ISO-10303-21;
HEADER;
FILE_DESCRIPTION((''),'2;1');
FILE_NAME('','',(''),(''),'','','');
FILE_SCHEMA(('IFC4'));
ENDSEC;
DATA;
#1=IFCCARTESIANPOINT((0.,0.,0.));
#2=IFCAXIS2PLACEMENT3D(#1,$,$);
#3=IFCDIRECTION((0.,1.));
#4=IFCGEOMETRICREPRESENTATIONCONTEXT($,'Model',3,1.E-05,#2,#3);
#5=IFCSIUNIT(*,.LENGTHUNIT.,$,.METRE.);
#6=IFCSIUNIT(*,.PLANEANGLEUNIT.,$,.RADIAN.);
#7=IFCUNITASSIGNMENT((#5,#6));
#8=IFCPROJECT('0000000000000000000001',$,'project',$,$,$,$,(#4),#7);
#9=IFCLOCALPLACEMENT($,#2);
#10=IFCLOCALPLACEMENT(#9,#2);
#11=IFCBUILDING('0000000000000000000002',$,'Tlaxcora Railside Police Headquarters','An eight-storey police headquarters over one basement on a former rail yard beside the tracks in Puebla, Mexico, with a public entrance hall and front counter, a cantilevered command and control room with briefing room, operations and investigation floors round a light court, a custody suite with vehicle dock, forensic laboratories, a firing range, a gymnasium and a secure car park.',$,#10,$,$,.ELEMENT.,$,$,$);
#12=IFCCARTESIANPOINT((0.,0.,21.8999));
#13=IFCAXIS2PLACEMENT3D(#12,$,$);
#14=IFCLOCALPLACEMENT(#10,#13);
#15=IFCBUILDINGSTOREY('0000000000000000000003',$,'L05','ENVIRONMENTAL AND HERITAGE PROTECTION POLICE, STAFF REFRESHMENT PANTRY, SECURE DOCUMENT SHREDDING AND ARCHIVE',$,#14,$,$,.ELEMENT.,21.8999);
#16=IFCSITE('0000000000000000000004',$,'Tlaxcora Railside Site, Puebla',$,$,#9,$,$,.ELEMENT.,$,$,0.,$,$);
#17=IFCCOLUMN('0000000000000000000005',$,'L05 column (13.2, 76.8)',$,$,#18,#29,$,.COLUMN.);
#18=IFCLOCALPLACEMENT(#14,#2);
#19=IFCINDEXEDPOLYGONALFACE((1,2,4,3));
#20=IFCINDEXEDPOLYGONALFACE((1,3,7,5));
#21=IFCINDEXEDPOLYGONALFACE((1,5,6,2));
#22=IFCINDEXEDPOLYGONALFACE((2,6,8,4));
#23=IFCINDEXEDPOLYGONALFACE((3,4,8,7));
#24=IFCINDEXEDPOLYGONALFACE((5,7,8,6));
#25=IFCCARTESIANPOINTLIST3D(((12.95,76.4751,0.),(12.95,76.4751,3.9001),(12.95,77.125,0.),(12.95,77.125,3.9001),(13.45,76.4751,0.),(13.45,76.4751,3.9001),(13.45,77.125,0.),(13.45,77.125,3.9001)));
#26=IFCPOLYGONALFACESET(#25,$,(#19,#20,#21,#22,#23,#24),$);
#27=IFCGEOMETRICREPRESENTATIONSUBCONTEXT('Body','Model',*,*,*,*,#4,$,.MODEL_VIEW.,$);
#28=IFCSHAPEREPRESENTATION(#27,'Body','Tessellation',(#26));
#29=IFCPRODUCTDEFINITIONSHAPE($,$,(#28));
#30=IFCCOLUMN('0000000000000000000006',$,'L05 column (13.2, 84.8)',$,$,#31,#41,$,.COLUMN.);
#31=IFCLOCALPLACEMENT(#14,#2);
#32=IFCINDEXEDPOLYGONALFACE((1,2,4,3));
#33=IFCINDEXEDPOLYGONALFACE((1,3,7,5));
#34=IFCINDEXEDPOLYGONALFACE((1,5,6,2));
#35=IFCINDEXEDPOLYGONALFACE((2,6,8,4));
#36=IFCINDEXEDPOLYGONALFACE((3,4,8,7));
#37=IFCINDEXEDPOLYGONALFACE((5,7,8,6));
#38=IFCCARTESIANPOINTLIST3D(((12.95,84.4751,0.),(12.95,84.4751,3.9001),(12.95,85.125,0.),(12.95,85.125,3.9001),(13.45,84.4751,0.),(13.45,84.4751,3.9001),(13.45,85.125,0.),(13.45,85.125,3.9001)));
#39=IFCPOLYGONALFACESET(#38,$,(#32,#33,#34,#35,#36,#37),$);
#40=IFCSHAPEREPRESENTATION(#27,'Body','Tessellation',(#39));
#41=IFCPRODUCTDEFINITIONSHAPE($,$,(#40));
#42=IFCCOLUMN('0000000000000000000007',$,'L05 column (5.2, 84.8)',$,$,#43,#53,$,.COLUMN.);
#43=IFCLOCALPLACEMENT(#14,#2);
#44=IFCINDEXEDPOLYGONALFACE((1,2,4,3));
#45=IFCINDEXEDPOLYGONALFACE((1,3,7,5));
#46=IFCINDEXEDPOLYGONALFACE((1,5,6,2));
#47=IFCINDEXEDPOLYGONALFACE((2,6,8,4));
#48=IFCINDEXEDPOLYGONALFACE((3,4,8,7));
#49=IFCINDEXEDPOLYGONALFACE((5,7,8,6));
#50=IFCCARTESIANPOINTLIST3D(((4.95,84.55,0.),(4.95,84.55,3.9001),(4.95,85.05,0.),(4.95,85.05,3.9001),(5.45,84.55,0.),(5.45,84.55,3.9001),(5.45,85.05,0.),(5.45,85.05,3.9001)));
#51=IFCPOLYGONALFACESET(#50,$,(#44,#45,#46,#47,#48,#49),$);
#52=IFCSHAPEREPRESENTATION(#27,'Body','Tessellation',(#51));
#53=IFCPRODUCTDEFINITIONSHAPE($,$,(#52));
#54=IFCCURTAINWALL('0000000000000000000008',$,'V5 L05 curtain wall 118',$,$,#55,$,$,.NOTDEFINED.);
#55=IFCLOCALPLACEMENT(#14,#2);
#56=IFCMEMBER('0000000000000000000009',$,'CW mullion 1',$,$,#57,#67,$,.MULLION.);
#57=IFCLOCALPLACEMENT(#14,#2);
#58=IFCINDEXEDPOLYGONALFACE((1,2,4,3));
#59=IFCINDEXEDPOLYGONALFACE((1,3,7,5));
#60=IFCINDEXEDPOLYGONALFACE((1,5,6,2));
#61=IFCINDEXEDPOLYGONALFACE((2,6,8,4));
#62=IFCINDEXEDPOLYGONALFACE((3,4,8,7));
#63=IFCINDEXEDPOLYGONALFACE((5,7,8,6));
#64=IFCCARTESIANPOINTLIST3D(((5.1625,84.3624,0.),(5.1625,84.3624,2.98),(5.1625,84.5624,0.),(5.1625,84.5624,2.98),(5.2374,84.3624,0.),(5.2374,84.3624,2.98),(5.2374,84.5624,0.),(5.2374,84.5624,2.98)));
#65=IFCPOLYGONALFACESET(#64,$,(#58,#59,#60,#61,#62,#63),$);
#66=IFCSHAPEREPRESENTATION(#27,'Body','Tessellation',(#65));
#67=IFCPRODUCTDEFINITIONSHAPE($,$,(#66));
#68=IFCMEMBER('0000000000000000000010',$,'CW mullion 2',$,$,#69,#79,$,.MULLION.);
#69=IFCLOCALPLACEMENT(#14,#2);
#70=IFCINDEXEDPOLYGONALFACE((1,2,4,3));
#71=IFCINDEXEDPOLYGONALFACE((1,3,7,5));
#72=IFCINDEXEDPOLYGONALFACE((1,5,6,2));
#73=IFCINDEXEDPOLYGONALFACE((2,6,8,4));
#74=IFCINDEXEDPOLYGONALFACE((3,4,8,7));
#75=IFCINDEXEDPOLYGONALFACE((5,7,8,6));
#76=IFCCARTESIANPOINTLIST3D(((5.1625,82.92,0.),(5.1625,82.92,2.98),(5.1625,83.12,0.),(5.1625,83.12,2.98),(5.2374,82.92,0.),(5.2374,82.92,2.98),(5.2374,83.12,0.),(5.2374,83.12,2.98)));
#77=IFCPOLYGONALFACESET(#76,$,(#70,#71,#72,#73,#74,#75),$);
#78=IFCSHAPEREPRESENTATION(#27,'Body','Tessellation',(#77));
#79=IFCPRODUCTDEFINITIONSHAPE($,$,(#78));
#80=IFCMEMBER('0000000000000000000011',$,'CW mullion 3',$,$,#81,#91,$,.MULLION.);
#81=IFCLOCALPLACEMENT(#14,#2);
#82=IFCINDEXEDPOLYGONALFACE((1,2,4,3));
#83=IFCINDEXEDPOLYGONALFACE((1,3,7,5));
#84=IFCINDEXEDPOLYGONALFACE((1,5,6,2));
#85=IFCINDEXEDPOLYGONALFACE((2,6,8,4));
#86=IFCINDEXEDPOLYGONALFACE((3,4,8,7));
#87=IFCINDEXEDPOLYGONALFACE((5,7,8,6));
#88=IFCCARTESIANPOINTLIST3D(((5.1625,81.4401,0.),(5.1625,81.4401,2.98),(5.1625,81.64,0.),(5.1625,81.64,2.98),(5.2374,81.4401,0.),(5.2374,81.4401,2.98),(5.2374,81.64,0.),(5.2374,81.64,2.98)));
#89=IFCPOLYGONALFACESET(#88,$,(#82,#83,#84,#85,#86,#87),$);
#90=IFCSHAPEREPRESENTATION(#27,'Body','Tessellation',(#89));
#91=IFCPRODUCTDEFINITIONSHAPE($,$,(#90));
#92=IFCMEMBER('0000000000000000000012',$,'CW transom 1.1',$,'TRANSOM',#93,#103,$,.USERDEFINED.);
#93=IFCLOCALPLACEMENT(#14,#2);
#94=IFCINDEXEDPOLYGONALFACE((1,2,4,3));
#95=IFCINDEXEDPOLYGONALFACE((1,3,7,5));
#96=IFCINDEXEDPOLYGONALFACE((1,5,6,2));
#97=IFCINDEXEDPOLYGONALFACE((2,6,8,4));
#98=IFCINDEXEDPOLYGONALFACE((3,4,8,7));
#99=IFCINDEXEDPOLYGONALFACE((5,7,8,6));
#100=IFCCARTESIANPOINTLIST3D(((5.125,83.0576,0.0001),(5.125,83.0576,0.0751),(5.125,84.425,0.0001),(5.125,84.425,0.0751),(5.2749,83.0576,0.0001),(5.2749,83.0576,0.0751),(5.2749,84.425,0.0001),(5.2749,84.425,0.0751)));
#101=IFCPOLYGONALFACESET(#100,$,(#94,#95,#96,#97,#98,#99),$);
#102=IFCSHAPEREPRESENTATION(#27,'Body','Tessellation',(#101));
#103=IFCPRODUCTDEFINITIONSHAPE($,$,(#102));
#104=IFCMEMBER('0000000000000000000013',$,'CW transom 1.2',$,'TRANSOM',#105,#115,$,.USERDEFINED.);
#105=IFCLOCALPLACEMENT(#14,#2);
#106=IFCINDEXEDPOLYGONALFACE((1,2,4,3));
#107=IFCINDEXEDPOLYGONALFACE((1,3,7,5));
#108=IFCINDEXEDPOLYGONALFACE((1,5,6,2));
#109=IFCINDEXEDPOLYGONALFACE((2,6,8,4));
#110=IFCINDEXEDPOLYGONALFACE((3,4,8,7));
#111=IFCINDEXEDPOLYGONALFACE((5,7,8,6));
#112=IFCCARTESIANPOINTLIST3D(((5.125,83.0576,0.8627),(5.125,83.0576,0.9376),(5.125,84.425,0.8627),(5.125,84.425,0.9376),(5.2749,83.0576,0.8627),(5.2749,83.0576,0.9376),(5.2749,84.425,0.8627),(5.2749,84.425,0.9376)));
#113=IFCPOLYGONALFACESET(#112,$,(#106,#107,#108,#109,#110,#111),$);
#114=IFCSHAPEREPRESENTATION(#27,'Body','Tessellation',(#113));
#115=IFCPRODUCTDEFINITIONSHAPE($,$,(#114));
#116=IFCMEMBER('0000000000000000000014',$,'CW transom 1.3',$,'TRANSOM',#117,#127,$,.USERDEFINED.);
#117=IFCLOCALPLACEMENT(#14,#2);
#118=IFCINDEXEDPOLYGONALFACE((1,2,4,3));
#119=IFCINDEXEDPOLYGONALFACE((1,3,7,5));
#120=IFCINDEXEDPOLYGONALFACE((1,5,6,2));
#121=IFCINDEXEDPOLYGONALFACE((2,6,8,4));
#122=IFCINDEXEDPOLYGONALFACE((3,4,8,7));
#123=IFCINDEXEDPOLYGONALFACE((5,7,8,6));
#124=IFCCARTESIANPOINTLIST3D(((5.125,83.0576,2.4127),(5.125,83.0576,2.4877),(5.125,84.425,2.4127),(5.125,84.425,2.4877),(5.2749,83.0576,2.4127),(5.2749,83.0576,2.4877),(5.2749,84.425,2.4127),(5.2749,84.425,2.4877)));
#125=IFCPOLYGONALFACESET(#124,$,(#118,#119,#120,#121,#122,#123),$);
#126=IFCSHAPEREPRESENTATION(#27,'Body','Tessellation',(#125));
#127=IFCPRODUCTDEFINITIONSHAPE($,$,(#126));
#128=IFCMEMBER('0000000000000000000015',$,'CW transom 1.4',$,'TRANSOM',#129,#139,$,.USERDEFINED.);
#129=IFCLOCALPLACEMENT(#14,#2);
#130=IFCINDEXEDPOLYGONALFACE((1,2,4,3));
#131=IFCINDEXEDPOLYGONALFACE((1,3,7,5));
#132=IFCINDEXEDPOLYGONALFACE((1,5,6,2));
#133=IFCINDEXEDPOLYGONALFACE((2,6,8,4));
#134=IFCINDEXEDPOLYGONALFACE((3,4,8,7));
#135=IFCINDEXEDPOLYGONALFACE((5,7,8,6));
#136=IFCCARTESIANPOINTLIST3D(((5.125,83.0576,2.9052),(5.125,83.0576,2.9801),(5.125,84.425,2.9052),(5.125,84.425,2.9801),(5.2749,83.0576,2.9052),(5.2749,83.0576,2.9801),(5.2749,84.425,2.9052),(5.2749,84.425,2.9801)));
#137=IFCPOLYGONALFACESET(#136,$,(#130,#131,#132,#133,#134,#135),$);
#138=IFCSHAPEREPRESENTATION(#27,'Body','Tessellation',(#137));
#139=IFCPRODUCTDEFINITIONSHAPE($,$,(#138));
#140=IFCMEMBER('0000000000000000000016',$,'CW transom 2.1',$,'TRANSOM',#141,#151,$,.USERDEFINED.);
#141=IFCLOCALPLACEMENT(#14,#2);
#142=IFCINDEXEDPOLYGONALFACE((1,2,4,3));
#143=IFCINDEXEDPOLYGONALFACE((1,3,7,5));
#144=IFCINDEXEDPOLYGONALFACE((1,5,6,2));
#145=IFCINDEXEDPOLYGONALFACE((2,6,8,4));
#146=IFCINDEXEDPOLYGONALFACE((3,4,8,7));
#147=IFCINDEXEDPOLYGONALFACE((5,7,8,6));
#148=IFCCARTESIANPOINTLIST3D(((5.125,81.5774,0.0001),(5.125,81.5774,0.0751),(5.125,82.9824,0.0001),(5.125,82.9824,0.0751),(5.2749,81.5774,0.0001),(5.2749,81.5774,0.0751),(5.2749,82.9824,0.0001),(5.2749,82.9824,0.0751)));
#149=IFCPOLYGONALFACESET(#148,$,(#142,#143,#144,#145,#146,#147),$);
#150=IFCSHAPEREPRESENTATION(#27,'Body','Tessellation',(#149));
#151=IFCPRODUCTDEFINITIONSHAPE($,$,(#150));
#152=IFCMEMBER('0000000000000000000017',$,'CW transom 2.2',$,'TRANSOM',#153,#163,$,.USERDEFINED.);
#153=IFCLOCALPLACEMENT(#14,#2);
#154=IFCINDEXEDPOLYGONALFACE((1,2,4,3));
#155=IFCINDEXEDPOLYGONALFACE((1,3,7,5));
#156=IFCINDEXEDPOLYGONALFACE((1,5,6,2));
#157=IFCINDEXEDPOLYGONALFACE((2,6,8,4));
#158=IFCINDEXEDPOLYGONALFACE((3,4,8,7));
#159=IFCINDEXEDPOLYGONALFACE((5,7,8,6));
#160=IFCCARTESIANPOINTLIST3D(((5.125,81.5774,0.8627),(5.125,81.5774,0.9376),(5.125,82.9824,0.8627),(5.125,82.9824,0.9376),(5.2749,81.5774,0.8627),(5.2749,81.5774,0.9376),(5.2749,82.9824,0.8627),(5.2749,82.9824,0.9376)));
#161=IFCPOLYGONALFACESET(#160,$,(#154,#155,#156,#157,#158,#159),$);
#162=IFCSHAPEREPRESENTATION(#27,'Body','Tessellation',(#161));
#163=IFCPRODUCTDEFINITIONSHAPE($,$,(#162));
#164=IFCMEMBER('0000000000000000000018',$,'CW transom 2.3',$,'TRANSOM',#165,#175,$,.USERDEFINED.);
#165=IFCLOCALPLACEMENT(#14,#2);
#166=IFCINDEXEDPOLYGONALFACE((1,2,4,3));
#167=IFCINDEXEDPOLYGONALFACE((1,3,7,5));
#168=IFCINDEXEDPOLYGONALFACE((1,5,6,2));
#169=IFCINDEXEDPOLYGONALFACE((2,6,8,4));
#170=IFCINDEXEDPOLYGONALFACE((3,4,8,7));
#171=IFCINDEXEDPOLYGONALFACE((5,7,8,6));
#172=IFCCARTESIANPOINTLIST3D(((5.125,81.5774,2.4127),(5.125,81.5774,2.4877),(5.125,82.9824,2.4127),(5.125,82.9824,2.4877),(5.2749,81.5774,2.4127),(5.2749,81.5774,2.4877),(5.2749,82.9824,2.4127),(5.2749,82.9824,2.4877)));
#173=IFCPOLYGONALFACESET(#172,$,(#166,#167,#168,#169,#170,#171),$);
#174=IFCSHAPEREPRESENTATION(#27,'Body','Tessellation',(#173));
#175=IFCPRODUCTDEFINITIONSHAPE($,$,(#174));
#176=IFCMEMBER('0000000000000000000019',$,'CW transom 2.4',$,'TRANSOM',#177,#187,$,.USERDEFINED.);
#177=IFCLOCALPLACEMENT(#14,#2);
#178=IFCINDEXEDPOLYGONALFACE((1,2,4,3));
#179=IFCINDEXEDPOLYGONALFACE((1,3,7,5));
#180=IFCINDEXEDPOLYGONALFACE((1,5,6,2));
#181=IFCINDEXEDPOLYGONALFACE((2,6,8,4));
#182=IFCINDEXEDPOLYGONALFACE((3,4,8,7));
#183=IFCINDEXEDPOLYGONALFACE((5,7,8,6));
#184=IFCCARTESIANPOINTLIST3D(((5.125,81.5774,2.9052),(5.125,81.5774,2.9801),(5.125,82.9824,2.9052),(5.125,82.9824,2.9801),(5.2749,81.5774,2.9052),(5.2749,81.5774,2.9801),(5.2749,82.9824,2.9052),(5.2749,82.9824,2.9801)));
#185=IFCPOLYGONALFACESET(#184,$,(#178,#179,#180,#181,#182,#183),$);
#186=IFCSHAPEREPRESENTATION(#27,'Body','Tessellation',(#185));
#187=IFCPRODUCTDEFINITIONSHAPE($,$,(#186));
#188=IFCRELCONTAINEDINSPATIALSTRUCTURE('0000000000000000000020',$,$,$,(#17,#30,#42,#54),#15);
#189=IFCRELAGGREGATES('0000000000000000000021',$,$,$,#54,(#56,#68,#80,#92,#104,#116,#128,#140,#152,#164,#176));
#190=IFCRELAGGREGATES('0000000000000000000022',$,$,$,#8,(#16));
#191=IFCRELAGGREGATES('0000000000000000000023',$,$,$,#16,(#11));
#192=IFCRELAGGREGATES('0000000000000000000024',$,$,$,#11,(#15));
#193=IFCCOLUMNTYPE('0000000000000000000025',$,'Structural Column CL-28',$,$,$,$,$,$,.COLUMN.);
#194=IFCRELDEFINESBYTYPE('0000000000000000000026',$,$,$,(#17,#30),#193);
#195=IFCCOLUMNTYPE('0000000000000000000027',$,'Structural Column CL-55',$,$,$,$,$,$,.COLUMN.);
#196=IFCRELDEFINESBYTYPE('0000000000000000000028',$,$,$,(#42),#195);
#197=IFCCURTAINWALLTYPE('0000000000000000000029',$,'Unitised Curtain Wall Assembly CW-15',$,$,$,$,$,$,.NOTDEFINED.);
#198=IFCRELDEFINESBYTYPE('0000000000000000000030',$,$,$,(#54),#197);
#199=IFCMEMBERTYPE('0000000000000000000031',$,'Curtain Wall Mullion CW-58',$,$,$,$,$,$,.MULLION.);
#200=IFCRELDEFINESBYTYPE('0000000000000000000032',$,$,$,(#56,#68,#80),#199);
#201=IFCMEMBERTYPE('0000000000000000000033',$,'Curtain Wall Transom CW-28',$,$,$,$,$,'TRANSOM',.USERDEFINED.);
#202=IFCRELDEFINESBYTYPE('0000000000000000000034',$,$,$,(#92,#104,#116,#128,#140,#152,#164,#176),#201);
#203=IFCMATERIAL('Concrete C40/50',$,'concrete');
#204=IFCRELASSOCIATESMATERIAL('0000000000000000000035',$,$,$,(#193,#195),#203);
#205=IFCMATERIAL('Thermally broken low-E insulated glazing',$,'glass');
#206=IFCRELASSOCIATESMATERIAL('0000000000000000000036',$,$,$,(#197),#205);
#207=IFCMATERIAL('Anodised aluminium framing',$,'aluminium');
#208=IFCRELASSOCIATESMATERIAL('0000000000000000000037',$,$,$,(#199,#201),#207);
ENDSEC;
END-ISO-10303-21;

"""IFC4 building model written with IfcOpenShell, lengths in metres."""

from ifc_helpers import new_model, si_unit, direction, frame, origin, origin_2d, place, context, subcontext, project, spatial, rectangle, extrude, material, material_profile, profile_set, type_object, element, aggregate, save


model = new_model("IFC4")

# Units and contexts
model_context = context("Model", 3, precision=1e-05, world=origin(), true_north=direction((0.0, 1.0)))
body_context = subcontext(model_context, "Body", "Model", "MODEL_VIEW")
ifc_project = project(units=[si_unit("LENGTHUNIT", "METRE"), si_unit("PLANEANGLEUNIT", "RADIAN")], contexts=[model_context])

# Site, building, storey
site_placement = place(None, origin())
site = spatial("IfcSite", under=ifc_project, at=site_placement, Name="Tlaxcora Railside Site, Puebla", CompositionType="ELEMENT", RefElevation=0.0)
building_placement = place(site_placement, origin())
building = spatial("IfcBuilding", under=site, at=building_placement, Name="Tlaxcora Railside Police Headquarters", Description="An eight-storey police headquarters over one basement on a former rail yard beside the tracks in Puebla, Mexico, with a public entrance hall and front counter, a cantilevered command and control room with briefing room, operations and investigation floors round a light court, a custody suite with vehicle dock, forensic laboratories, a firing range, a gymnasium and a secure car park.", CompositionType="ELEMENT")
storey_placement = place(building_placement, frame((0.0, 0.0, 21.8999)))
storey = spatial("IfcBuildingStorey", under=building, at=storey_placement, Name="L05", Description="ENVIRONMENTAL AND HERITAGE PROTECTION POLICE, STAFF REFRESHMENT PANTRY, SECURE DOCUMENT SHREDDING AND ARCHIVE", CompositionType="ELEMENT", Elevation=21.8999)

# Columns
ifc_material_1 = material(Name="Concrete C40/50", Category="concrete")
ifc_material_profile_1 = material_profile(ifc_material_1, rectangle(XDim=0.5, YDim=0.6499, at=origin_2d()), Name="RC500X650")
ifc_profile_set_1 = profile_set([ifc_material_profile_1], Name="Concrete C40/50")
column_type_1 = type_object("IfcColumnType", Name="Structural Column CL-28", PredefinedType="COLUMN", material=ifc_profile_set_1)
for number, where, z_axis, x_axis, name in (
    (1, (13.2, 76.8, 0.0), (0.0, 0.0, 1.0), (1.0, 0.0, 0.0), "L05 column (13.2, 76.8)"),
    (2, (13.2, 84.8, 0.0), (0.0, 0.0, 1.0), (1.0, 0.0, 0.0), "L05 column (13.2, 84.8)"),
):
    element("IfcColumn", number, at=place(storey_placement, frame(where, z_axis=z_axis, x_axis=x_axis)), inside=storey, type_object=column_type_1, Name=name, PredefinedType="COLUMN", context=body_context, shape_type="SweptSolid", body=[
        extrude(rectangle(XDim=0.5, YDim=0.6499, at=origin_2d()), origin(), (0.0, 0.0, 1.0), 3.9001),
    ])
ifc_material_profile_2 = material_profile(ifc_material_1, rectangle(XDim=0.5, YDim=0.5, at=origin_2d()), Name="RC500X500")
ifc_profile_set_2 = profile_set([ifc_material_profile_2], Name="Concrete C40/50")
column_type_2 = type_object("IfcColumnType", Name="Structural Column CL-55", PredefinedType="COLUMN", material=ifc_profile_set_2)
column_placement = place(storey_placement, frame((5.2, 84.8, 0.0), z_axis=(0.0, 0.0, 1.0), x_axis=(1.0, 0.0, 0.0)))
element("IfcColumn", 3, at=column_placement, inside=storey, type_object=column_type_2, Name="L05 column (5.2, 84.8)", PredefinedType="COLUMN", context=body_context, shape_type="SweptSolid", body=[
    extrude(rectangle(XDim=0.5, YDim=0.5, at=origin_2d()), origin(), (0.0, 0.0, 1.0), 3.9001),
])

# Curtain wall, members
ifc_material_2 = material(Name="Thermally broken low-E insulated glazing", Category="glass")
curtain_wall_type = type_object("IfcCurtainWallType", Name="Unitised Curtain Wall Assembly CW-15", PredefinedType="NOTDEFINED", material=ifc_material_2)
curtain_wall_placement = place(storey_placement, origin())
curtain_wall = element("IfcCurtainWall", 4, at=curtain_wall_placement, inside=storey, type_object=curtain_wall_type, Name="V5 L05 curtain wall 118", PredefinedType="NOTDEFINED")
ifc_material_3 = material(Name="Anodised aluminium framing", Category="aluminium")
ifc_material_profile_3 = material_profile(ifc_material_3, rectangle(XDim=0.075, YDim=0.2, at=origin_2d()), Name="AL75X200")
ifc_profile_set_3 = profile_set([ifc_material_profile_3], Name="Anodised aluminium framing")
member_type_1 = type_object("IfcMemberType", Name="Curtain Wall Mullion CW-58", PredefinedType="MULLION", material=ifc_profile_set_3)
member_1_placement = place(storey_placement, frame((5.2, 84.4624, 0.0), z_axis=(0.0, 0.0, 1.0), x_axis=(1.0, 0.0, 0.0)))
member_1 = element("IfcMember", 5, at=member_1_placement, type_object=member_type_1, Name="CW mullion 1", PredefinedType="MULLION", context=body_context, shape_type="SweptSolid", body=[
    extrude(rectangle(XDim=0.075, YDim=0.2, at=origin_2d()), origin(), (0.0, 0.0, 1.0), 2.98),
])
member_2_placement = place(storey_placement, frame((5.2, 83.02, 0.0), z_axis=(0.0, 0.0, 1.0), x_axis=(1.0, 0.0, 0.0)))
member_2 = element("IfcMember", 6, at=member_2_placement, type_object=member_type_1, Name="CW mullion 2", PredefinedType="MULLION", context=body_context, shape_type="SweptSolid", body=[
    extrude(rectangle(XDim=0.075, YDim=0.2, at=origin_2d()), origin(), (0.0, 0.0, 1.0), 2.98),
])
member_3_placement = place(storey_placement, frame((5.2, 81.54, 0.0), z_axis=(0.0, 0.0, 1.0), x_axis=(1.0, 0.0, 0.0)))
member_3 = element("IfcMember", 7, at=member_3_placement, type_object=member_type_1, Name="CW mullion 3", PredefinedType="MULLION", context=body_context, shape_type="SweptSolid", body=[
    extrude(rectangle(XDim=0.075, YDim=0.2, at=origin_2d()), origin(), (0.0, 0.0, 1.0), 2.98),
])
ifc_material_profile_4 = material_profile(ifc_material_3, rectangle(XDim=0.1499, YDim=0.075, at=origin_2d()), Name="AL75X150")
ifc_profile_set_4 = profile_set([ifc_material_profile_4], Name="Anodised aluminium framing")
member_type_2 = type_object("IfcMemberType", Name="Curtain Wall Transom CW-28", ElementType="TRANSOM", PredefinedType="USERDEFINED", material=ifc_profile_set_4)
member_4_placement = place(storey_placement, frame((5.2, 84.425, 0.0376), z_axis=(0.0, -1.0, 0.0), x_axis=(1.0, 0.0, 0.0)))
member_4 = element("IfcMember", 8, at=member_4_placement, type_object=member_type_2, Name="CW transom 1.1", ObjectType="TRANSOM", PredefinedType="USERDEFINED", context=body_context, shape_type="SweptSolid", body=[
    extrude(rectangle(XDim=0.1499, YDim=0.075, at=origin_2d()), origin(), (0.0, 0.0, 1.0), 1.3674),
])
member_5_placement = place(storey_placement, frame((5.2, 84.425, 0.9001), z_axis=(0.0, -1.0, 0.0), x_axis=(1.0, 0.0, 0.0)))
member_5 = element("IfcMember", 9, at=member_5_placement, type_object=member_type_2, Name="CW transom 1.2", ObjectType="TRANSOM", PredefinedType="USERDEFINED", context=body_context, shape_type="SweptSolid", body=[
    extrude(rectangle(XDim=0.1499, YDim=0.075, at=origin_2d()), origin(), (0.0, 0.0, 1.0), 1.3674),
])
member_6_placement = place(storey_placement, frame((5.2, 84.425, 2.4502), z_axis=(0.0, -1.0, 0.0), x_axis=(1.0, 0.0, 0.0)))
member_6 = element("IfcMember", 10, at=member_6_placement, type_object=member_type_2, Name="CW transom 1.3", ObjectType="TRANSOM", PredefinedType="USERDEFINED", context=body_context, shape_type="SweptSolid", body=[
    extrude(rectangle(XDim=0.1499, YDim=0.075, at=origin_2d()), origin(), (0.0, 0.0, 1.0), 1.3674),
])
member_7_placement = place(storey_placement, frame((5.2, 84.425, 2.9426), z_axis=(0.0, -1.0, 0.0), x_axis=(1.0, 0.0, 0.0)))
member_7 = element("IfcMember", 11, at=member_7_placement, type_object=member_type_2, Name="CW transom 1.4", ObjectType="TRANSOM", PredefinedType="USERDEFINED", context=body_context, shape_type="SweptSolid", body=[
    extrude(rectangle(XDim=0.1499, YDim=0.075, at=origin_2d()), origin(), (0.0, 0.0, 1.0), 1.3674),
])
member_8_placement = place(storey_placement, frame((5.2, 82.9824, 0.0376), z_axis=(0.0, -1.0, 0.0), x_axis=(1.0, 0.0, 0.0)))
member_8 = element("IfcMember", 12, at=member_8_placement, type_object=member_type_2, Name="CW transom 2.1", ObjectType="TRANSOM", PredefinedType="USERDEFINED", context=body_context, shape_type="SweptSolid", body=[
    extrude(rectangle(XDim=0.1499, YDim=0.075, at=origin_2d()), origin(), (0.0, 0.0, 1.0), 1.405),
])
member_9_placement = place(storey_placement, frame((5.2, 82.9824, 0.9001), z_axis=(0.0, -1.0, 0.0), x_axis=(1.0, 0.0, 0.0)))
member_9 = element("IfcMember", 13, at=member_9_placement, type_object=member_type_2, Name="CW transom 2.2", ObjectType="TRANSOM", PredefinedType="USERDEFINED", context=body_context, shape_type="SweptSolid", body=[
    extrude(rectangle(XDim=0.1499, YDim=0.075, at=origin_2d()), origin(), (0.0, 0.0, 1.0), 1.405),
])
member_10_placement = place(storey_placement, frame((5.2, 82.9824, 2.4502), z_axis=(0.0, -1.0, 0.0), x_axis=(1.0, 0.0, 0.0)))
member_10 = element("IfcMember", 14, at=member_10_placement, type_object=member_type_2, Name="CW transom 2.3", ObjectType="TRANSOM", PredefinedType="USERDEFINED", context=body_context, shape_type="SweptSolid", body=[
    extrude(rectangle(XDim=0.1499, YDim=0.075, at=origin_2d()), origin(), (0.0, 0.0, 1.0), 1.405),
])
member_11_placement = place(storey_placement, frame((5.2, 82.9824, 2.9426), z_axis=(0.0, -1.0, 0.0), x_axis=(1.0, 0.0, 0.0)))
member_11 = element("IfcMember", 15, at=member_11_placement, type_object=member_type_2, Name="CW transom 2.4", ObjectType="TRANSOM", PredefinedType="USERDEFINED", context=body_context, shape_type="SweptSolid", body=[
    extrude(rectangle(XDim=0.1499, YDim=0.075, at=origin_2d()), origin(), (0.0, 0.0, 1.0), 1.405),
])

aggregate(curtain_wall, [member_1, member_2, member_3, member_4, member_5, member_6, member_7, member_8, member_9, member_10, member_11])

save(model, "model.ifc")
